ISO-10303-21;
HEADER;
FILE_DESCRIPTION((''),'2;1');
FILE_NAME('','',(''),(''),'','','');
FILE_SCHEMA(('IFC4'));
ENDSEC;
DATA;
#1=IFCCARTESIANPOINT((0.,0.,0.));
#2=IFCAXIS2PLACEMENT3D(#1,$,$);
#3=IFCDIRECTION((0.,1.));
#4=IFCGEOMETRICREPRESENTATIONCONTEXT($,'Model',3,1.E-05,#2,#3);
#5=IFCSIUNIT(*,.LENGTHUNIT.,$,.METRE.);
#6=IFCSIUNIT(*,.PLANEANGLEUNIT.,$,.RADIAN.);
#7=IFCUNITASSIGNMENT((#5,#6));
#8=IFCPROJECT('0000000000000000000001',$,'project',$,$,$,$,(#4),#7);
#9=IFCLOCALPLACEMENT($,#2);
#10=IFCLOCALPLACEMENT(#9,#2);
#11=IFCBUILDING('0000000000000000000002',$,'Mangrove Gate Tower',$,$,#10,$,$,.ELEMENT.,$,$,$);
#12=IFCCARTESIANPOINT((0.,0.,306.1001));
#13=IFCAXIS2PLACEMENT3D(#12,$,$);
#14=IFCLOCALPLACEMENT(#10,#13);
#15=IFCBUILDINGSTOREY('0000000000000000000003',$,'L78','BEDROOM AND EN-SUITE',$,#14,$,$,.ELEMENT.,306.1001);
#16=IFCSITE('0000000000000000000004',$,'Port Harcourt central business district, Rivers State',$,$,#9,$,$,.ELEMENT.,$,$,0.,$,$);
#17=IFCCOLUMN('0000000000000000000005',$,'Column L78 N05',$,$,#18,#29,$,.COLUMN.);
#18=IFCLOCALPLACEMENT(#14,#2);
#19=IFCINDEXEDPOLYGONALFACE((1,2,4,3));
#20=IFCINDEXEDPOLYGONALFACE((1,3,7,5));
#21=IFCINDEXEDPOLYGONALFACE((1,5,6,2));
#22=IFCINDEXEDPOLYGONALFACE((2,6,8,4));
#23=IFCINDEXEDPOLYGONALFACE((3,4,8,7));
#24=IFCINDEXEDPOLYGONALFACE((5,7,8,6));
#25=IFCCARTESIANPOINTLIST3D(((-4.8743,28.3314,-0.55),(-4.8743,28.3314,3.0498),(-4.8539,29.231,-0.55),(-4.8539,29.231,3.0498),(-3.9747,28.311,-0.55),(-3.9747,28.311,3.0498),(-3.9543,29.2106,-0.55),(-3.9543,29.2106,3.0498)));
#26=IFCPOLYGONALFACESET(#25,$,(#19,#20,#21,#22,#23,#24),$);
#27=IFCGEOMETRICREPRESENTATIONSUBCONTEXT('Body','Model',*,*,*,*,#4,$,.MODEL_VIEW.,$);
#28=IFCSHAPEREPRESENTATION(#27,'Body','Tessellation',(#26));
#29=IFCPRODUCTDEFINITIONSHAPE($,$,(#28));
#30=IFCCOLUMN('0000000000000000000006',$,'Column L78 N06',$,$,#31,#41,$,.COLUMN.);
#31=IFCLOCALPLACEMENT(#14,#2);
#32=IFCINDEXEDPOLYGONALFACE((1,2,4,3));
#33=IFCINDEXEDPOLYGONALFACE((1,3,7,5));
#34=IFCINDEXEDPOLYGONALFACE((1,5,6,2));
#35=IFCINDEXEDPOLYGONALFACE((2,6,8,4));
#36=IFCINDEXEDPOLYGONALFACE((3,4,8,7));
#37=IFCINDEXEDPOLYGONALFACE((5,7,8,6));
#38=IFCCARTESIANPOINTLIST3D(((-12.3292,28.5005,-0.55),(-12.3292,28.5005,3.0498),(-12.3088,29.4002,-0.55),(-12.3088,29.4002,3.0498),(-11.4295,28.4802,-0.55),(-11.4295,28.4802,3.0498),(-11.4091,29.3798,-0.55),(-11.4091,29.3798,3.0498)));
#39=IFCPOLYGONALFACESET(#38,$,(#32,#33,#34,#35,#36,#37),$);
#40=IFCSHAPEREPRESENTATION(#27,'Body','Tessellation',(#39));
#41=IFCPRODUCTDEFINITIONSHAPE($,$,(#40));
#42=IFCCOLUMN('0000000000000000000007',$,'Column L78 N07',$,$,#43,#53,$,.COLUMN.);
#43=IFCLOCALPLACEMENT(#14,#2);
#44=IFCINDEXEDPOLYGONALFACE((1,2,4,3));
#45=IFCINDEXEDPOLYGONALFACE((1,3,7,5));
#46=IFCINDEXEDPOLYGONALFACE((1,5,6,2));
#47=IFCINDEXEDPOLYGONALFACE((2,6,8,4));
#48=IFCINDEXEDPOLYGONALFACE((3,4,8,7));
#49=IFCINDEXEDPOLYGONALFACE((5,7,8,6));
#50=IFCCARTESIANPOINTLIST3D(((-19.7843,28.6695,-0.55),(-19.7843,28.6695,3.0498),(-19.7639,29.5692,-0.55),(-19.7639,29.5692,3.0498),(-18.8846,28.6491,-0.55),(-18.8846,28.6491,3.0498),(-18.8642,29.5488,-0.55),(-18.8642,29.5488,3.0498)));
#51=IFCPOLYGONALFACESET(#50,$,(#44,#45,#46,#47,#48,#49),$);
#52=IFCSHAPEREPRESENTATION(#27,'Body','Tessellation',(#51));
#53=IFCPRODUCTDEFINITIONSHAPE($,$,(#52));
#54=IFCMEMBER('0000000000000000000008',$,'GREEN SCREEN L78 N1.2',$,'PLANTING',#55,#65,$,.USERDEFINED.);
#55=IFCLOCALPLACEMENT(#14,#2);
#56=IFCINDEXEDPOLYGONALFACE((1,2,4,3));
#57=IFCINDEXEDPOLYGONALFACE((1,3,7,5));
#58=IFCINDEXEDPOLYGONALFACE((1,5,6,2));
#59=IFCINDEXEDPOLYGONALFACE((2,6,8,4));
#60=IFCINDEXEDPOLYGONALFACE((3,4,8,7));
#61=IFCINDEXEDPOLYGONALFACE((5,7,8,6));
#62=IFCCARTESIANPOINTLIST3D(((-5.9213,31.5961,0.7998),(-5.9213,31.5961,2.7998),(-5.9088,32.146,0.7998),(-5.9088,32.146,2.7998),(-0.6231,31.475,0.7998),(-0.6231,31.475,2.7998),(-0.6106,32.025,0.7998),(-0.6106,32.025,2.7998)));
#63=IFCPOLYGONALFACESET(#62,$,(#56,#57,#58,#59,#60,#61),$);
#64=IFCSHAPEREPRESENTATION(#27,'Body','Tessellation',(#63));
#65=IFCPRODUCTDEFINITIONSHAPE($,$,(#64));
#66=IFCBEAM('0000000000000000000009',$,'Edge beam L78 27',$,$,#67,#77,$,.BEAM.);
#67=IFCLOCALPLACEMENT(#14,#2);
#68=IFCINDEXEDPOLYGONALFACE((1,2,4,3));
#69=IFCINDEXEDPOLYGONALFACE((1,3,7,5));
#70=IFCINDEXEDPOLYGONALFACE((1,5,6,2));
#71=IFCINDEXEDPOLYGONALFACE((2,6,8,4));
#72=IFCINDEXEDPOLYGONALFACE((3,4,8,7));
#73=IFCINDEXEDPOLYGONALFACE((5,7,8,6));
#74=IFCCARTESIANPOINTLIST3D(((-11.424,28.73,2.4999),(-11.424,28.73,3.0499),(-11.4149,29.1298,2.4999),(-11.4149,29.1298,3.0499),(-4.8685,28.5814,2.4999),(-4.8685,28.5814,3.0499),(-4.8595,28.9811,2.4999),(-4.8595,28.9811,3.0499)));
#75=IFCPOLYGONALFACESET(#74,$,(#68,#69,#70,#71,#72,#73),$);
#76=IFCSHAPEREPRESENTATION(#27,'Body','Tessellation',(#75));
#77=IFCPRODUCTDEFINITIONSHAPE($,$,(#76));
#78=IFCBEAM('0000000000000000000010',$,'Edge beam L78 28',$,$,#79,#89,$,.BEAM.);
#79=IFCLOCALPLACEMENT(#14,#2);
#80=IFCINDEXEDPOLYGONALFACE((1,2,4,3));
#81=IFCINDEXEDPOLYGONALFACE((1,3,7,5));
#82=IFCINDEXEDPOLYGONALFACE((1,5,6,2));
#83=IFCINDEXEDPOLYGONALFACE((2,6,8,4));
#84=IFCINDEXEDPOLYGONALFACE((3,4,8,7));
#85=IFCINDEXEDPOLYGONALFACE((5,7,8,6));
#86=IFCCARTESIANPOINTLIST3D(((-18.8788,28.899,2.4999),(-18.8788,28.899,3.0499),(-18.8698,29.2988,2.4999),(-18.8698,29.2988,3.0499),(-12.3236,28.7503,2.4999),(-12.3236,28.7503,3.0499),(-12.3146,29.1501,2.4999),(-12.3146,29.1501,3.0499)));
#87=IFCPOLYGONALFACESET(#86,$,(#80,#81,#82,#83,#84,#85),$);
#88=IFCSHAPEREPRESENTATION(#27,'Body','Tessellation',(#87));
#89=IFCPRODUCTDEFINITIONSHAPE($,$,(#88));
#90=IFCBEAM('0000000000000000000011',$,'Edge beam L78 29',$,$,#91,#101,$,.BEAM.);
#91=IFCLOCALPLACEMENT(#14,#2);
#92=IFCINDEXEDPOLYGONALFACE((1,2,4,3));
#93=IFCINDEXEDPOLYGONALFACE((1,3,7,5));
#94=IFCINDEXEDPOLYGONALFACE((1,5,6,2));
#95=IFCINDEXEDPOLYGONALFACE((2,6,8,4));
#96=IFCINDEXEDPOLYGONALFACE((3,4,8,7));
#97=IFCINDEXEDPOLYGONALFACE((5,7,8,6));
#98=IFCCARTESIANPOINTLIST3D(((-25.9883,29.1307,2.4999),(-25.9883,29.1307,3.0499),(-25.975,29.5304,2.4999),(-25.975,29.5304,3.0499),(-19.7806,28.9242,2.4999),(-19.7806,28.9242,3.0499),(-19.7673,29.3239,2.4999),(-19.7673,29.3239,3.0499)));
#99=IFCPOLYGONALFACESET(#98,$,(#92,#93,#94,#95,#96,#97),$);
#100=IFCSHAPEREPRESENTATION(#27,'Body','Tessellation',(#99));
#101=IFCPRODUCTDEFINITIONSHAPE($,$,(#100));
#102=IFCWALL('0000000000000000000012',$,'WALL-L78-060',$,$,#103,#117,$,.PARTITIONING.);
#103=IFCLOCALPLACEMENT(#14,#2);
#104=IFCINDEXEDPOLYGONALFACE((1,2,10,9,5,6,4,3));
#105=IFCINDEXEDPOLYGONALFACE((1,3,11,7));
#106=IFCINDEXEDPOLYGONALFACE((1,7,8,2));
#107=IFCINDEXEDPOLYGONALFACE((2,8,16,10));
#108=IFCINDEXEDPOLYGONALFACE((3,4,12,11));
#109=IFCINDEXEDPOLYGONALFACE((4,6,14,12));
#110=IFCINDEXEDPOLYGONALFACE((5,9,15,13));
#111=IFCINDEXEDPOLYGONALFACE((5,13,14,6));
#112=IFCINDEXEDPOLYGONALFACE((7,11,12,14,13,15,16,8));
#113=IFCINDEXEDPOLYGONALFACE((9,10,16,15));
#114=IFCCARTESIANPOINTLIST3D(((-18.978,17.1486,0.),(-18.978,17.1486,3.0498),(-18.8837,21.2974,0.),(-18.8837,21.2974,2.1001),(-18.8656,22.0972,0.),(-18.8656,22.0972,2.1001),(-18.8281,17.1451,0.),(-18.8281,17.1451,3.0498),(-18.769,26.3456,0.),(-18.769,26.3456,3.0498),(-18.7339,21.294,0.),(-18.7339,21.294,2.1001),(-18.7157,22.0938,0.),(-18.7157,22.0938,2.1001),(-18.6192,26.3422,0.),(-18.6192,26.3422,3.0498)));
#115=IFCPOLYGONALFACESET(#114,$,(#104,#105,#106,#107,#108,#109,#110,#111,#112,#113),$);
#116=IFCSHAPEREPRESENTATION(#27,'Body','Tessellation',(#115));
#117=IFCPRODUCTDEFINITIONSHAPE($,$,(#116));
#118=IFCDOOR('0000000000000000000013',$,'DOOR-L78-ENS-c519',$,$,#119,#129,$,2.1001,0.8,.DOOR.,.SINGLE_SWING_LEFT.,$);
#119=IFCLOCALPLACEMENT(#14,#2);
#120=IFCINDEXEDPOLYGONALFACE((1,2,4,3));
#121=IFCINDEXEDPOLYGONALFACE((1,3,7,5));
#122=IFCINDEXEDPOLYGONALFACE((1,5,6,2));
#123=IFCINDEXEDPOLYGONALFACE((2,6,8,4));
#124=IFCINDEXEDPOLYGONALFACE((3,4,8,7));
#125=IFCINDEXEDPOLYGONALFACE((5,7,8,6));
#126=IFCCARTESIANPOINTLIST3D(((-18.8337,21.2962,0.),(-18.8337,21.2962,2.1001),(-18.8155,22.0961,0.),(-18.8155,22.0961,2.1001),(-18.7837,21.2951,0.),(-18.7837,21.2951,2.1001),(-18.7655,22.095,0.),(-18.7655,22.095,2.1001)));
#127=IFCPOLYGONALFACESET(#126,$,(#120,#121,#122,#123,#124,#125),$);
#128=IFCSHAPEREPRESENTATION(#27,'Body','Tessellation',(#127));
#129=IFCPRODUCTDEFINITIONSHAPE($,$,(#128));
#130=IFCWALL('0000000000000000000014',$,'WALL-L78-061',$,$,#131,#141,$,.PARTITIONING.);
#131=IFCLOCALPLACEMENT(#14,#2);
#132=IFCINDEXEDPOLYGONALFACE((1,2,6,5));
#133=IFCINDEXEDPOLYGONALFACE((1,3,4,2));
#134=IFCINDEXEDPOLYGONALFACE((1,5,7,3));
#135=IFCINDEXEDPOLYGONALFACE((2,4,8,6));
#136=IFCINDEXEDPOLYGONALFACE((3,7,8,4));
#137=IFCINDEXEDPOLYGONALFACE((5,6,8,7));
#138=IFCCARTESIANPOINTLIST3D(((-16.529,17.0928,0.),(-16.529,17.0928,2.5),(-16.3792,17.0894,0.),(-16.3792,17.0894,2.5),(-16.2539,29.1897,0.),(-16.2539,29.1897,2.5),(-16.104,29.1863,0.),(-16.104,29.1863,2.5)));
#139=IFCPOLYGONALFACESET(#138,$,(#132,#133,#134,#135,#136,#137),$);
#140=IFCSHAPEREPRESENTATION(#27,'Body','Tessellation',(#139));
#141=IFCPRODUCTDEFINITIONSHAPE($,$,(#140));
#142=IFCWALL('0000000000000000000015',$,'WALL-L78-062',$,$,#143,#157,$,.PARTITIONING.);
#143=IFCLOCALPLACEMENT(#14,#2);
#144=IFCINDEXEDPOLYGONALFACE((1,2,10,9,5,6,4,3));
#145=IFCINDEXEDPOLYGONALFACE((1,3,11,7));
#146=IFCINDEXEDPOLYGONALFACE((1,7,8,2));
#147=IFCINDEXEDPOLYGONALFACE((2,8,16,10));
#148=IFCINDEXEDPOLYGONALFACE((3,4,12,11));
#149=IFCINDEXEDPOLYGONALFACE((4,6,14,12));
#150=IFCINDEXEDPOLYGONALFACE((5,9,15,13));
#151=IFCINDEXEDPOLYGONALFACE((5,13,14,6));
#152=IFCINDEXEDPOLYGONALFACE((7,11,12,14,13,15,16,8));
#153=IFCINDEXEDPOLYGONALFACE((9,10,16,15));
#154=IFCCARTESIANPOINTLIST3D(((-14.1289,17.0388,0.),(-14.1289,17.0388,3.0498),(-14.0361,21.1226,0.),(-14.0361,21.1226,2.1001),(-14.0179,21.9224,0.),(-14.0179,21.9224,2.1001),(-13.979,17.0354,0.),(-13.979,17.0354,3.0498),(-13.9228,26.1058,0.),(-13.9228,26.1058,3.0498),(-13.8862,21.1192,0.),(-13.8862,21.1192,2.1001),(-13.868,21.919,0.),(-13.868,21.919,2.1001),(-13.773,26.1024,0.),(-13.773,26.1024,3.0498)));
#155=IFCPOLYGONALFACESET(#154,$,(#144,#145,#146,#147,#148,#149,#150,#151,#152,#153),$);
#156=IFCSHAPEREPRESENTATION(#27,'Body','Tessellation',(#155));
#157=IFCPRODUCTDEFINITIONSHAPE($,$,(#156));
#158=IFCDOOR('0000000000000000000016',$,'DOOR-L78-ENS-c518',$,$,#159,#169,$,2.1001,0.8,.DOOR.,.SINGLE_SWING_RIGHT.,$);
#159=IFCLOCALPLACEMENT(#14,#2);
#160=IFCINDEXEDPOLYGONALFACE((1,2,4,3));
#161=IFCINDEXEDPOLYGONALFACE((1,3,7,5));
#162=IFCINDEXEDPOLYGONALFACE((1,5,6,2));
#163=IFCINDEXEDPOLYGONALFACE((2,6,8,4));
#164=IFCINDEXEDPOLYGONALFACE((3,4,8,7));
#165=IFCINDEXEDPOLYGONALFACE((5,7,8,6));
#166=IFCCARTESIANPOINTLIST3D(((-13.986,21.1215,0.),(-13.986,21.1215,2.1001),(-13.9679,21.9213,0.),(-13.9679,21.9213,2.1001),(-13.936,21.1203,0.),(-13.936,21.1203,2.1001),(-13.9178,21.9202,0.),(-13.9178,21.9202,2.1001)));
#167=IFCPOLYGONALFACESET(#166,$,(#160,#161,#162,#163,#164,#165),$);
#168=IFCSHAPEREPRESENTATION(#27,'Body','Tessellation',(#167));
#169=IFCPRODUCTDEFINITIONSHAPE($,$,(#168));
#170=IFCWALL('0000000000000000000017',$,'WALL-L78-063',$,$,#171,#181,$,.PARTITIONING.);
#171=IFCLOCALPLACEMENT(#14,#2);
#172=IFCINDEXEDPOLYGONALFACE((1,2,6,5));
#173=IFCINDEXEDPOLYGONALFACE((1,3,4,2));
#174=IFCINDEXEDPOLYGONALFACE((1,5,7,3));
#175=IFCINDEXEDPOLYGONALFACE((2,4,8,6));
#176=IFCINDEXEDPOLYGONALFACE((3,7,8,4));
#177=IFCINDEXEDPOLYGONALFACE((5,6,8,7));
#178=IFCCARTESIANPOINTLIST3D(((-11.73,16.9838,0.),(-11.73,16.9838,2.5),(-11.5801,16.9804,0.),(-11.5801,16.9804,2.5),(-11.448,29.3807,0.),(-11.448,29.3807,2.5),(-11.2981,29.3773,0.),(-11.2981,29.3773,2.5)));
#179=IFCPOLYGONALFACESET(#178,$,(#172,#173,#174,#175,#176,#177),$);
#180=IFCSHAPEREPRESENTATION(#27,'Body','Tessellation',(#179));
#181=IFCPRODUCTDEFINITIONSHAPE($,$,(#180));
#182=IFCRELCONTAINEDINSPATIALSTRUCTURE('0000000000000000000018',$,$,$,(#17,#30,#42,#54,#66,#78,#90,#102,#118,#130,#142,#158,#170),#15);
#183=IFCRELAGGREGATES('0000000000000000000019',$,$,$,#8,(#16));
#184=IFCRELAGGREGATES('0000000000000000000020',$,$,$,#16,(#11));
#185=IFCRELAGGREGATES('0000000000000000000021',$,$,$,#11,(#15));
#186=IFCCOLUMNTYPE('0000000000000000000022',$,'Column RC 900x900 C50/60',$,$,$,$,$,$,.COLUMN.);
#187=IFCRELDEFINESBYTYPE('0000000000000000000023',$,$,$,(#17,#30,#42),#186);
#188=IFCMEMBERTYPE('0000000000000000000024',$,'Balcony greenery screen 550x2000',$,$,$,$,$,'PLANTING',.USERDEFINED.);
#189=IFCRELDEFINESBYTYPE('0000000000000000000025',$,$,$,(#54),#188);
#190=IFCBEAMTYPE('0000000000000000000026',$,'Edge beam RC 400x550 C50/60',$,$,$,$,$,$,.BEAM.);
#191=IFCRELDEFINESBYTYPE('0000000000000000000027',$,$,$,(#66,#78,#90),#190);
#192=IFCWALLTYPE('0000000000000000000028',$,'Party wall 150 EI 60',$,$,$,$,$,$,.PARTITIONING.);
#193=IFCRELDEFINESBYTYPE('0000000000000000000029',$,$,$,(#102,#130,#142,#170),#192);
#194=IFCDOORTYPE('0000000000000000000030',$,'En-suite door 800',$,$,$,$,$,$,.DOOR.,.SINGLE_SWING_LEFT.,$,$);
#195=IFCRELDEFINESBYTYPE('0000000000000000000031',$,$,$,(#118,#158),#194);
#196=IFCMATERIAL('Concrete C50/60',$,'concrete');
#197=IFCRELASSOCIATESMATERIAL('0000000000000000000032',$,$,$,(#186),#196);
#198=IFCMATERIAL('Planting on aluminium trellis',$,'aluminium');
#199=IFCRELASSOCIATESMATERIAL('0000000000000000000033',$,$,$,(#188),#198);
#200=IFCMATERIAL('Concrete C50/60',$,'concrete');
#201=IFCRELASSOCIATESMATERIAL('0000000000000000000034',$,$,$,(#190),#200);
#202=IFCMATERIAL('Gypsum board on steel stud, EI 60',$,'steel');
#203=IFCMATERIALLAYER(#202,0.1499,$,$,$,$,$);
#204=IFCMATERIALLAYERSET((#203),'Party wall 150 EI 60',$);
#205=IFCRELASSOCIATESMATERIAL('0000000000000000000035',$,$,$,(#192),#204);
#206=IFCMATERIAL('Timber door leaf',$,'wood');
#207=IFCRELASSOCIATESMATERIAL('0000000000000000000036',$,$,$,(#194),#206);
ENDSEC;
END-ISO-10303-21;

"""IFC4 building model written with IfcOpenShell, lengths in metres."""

from ifc_helpers import new_model, si_unit, direction, frame, frame_2d, origin, origin_2d, place, context, subcontext, project, spatial, rectangle, extrude, material, layer, layer_set, material_profile, profile_set, type_object, element, fill, save


model = new_model("IFC4")

# Units and contexts
model_context = context("Model", 3, precision=1e-05, world=origin(), true_north=direction((0.0, 1.0)))
body_context = subcontext(model_context, "Body", "Model", "MODEL_VIEW")
ifc_project = project(units=[si_unit("LENGTHUNIT", "METRE"), si_unit("PLANEANGLEUNIT", "RADIAN")], contexts=[model_context])

# Site, building, storey
site_placement = place(None, origin())
site = spatial("IfcSite", under=ifc_project, at=site_placement, Name="Port Harcourt central business district, Rivers State", CompositionType="ELEMENT", RefElevation=0.0)
building_placement = place(site_placement, origin())
building = spatial("IfcBuilding", under=site, at=building_placement, Name="Mangrove Gate Tower", CompositionType="ELEMENT")
storey_placement = place(building_placement, frame((0.0, 0.0, 306.1001)))
storey = spatial("IfcBuildingStorey", under=building, at=storey_placement, Name="L78", Description="BEDROOM AND EN-SUITE", CompositionType="ELEMENT", Elevation=306.1001)

# Columns
ifc_material_1 = material(Name="Concrete C50/60", Category="concrete")
ifc_material_profile_1 = material_profile(ifc_material_1, rectangle(XDim=0.8999, YDim=0.8999, at=origin_2d()))
ifc_profile_set_1 = profile_set([ifc_material_profile_1], Name="Concrete C50/60")
column_type = type_object("IfcColumnType", Name="Column RC 900x900 C50/60", PredefinedType="COLUMN", material=ifc_profile_set_1)
for number, where, z_axis, x_axis, name in (
    (1, (-4.4143, 28.771, -0.55), (0.0, 0.0, 1.0), (-0.999743, 0.022664, 0.0), "Column L78 N05"),
    (2, (-11.8691, 28.9402, -0.55), (0.0, 0.0, 1.0), (-0.999743, 0.022664, 0.0), "Column L78 N06"),
    (3, (-19.3242, 29.1091, -0.55), (0.0, 0.0, 1.0), (-0.999743, 0.022664, 0.0), "Column L78 N07"),
):
    element("IfcColumn", number, at=place(storey_placement, frame(where, z_axis=z_axis, x_axis=x_axis)), inside=storey, type_object=column_type, Name=name, PredefinedType="COLUMN", context=body_context, shape_type="SweptSolid", body=[
        extrude(rectangle(XDim=0.8999, YDim=0.8999, at=origin_2d()), origin(), (0.0, 0.0, 1.0), 3.5999),
    ])

# Member
ifc_material_2 = material(Name="Planting on aluminium trellis", Category="aluminium")
ifc_material_profile_2 = material_profile(ifc_material_2, rectangle(XDim=0.55, YDim=2.0, at=origin_2d()))
ifc_profile_set_2 = profile_set([ifc_material_profile_2], Name="Planting on aluminium trellis")
member_type = type_object("IfcMemberType", Name="Balcony greenery screen 550x2000", ElementType="PLANTING", PredefinedType="USERDEFINED", material=ifc_profile_set_2)
member_placement = place(storey_placement, frame((-5.915, 31.8711, 1.7998), z_axis=(0.999739, -0.02285, 0.0), x_axis=(0.02285, 0.999739, 0.0)))
element("IfcMember", 4, at=member_placement, inside=storey, type_object=member_type, Name="GREEN SCREEN L78 N1.2", ObjectType="PLANTING", PredefinedType="USERDEFINED", context=body_context, shape_type="SweptSolid", body=[
    extrude(rectangle(XDim=0.55, YDim=2.0, at=origin_2d()), origin(), (0.0, 0.0, 1.0), 5.2996),
])

# Beams
ifc_material_3 = material(Name="Concrete C50/60", Category="concrete")
ifc_material_profile_3 = material_profile(ifc_material_3, rectangle(XDim=0.3999, YDim=0.55, at=origin_2d()))
ifc_profile_set_3 = profile_set([ifc_material_profile_3], Name="Concrete C50/60")
beam_type = type_object("IfcBeamType", Name="Edge beam RC 400x550 C50/60", PredefinedType="BEAM", material=ifc_profile_set_3)
beam_1_placement = place(storey_placement, frame((-4.864, 28.7812, 2.7749), z_axis=(-0.999743, 0.022675, 0.0), x_axis=(-0.022675, -0.999743, 0.0)))
element("IfcBeam", 5, at=beam_1_placement, inside=storey, type_object=beam_type, Name="Edge beam L78 27", PredefinedType="BEAM", context=body_context, shape_type="SweptSolid", body=[
    extrude(rectangle(XDim=0.3999, YDim=0.55, at=origin_2d()), origin(), (0.0, 0.0, 1.0), 6.5571),
])
beam_2_placement = place(storey_placement, frame((-12.3191, 28.9502, 2.7749), z_axis=(-0.999743, 0.022676, 0.0), x_axis=(-0.022676, -0.999743, 0.0)))
element("IfcBeam", 6, at=beam_2_placement, inside=storey, type_object=beam_type, Name="Edge beam L78 28", PredefinedType="BEAM", context=body_context, shape_type="SweptSolid", body=[
    extrude(rectangle(XDim=0.3999, YDim=0.55, at=origin_2d()), origin(), (0.0, 0.0, 1.0), 6.5569),
])
beam_3_placement = place(storey_placement, frame((-19.7739, 29.124, 2.7749), z_axis=(-0.999447, 0.033253, 0.0), x_axis=(-0.033253, -0.999447, 0.0)))
element("IfcBeam", 7, at=beam_3_placement, inside=storey, type_object=beam_type, Name="Edge beam L78 29", PredefinedType="BEAM", context=body_context, shape_type="SweptSolid", body=[
    extrude(rectangle(XDim=0.3999, YDim=0.55, at=origin_2d()), origin(), (0.0, 0.0, 1.0), 6.2112),
])

# Wall, opening, door
ifc_material_4 = material(Name="Gypsum board on steel stud, EI 60", Category="steel")
ifc_layer_1 = layer(ifc_material_4, 0.1499)
ifc_layer_set_1 = layer_set([ifc_layer_1], Name="Party wall 150 EI 60")
wall_type_1 = type_object("IfcWallType", Name="Party wall 150 EI 60", PredefinedType="PARTITIONING", material=ifc_layer_set_1)
wall_1_placement = place(storey_placement, frame((-18.9031, 17.147, 0.0), z_axis=(0.0, 0.0, 1.0), x_axis=(0.022717, 0.999742, 0.0)))
wall_1 = element("IfcWall", 8, at=wall_1_placement, inside=storey, type_object=wall_type_1, Name="WALL-L78-060", PredefinedType="PARTITIONING", context=body_context, shape_type="SweptSolid", body=[
    extrude(rectangle(XDim=9.1995, YDim=0.1499, at=frame_2d((4.5996, 0.0))), origin(), (0.0, 0.0, 1.0), 3.0498),
])
opening_1_placement = place(wall_1_placement, frame((4.1499, 0.0, 0.0)))
opening_1 = element("IfcOpeningElement", 9, at=opening_1_placement, cuts=wall_1, PredefinedType="OPENING", context=body_context, shape_type="SweptSolid", body=[
    extrude(rectangle(XDim=0.8, YDim=2.1001, at=frame_2d((0.3999, 1.05))), frame((0.0, 0.085, 0.0), z_axis=(0.0, -1.0, 0.0), x_axis=(1.0, 0.0, 0.0)), (0.0, 0.0, 1.0), 0.1699),
])
ifc_material_5 = material(Name="Timber door leaf", Category="wood")
door_type = type_object("IfcDoorType", Name="En-suite door 800", OperationType="SINGLE_SWING_LEFT", PredefinedType="DOOR", material=ifc_material_5)
door_1_placement = place(opening_1_placement, origin())
door_1 = element("IfcDoor", 10, at=door_1_placement, inside=storey, type_object=door_type, Name="DOOR-L78-ENS-c519", OperationType="SINGLE_SWING_LEFT", OverallHeight=2.1001, OverallWidth=0.8, PredefinedType="DOOR", context=body_context, shape_type="SweptSolid", body=[
    extrude(rectangle(XDim=0.8, YDim=2.1001, at=frame_2d((0.3999, 1.05))), frame((0.0, 0.0249, 0.0), z_axis=(0.0, -1.0, 0.0), x_axis=(1.0, 0.0, 0.0)), (0.0, 0.0, 1.0), 0.05),
])
fill(opening_1, door_1)

# Wall
wall_2_placement = place(storey_placement, frame((-16.4541, 17.0911, 0.0), z_axis=(0.0, 0.0, 1.0), x_axis=(0.022739, 0.999741, 0.0)))
element("IfcWall", 11, at=wall_2_placement, inside=storey, type_object=wall_type_1, Name="WALL-L78-061", PredefinedType="PARTITIONING", context=body_context, shape_type="SweptSolid", body=[
    extrude(rectangle(XDim=12.1001, YDim=0.1499, at=frame_2d((6.05, 0.0))), origin(), (0.0, 0.0, 1.0), 2.5),
])

# Wall, opening, door
wall_3_placement = place(storey_placement, frame((-14.054, 17.0371, 0.0), z_axis=(0.0, 0.0, 1.0), x_axis=(0.02272, 0.999742, 0.0)))
wall_3 = element("IfcWall", 12, at=wall_3_placement, inside=storey, type_object=wall_type_1, Name="WALL-L78-062", PredefinedType="PARTITIONING", context=body_context, shape_type="SweptSolid", body=[
    extrude(rectangle(XDim=9.0693, YDim=0.1499, at=frame_2d((4.5347, 0.0))), origin(), (0.0, 0.0, 1.0), 3.0498),
])
opening_2_placement = place(wall_3_placement, frame((4.085, 0.0, 0.0)))
opening_2 = element("IfcOpeningElement", 13, at=opening_2_placement, cuts=wall_3, PredefinedType="OPENING", context=body_context, shape_type="SweptSolid", body=[
    extrude(rectangle(XDim=0.8, YDim=2.1001, at=frame_2d((0.3999, 1.05))), frame((0.0, 0.085, 0.0), z_axis=(0.0, -1.0, 0.0), x_axis=(1.0, 0.0, 0.0)), (0.0, 0.0, 1.0), 0.1699),
])
door_2_placement = place(opening_2_placement, origin())
door_2 = element("IfcDoor", 14, at=door_2_placement, inside=storey, type_object=door_type, Name="DOOR-L78-ENS-c518", OperationType="SINGLE_SWING_RIGHT", OverallHeight=2.1001, OverallWidth=0.8, PredefinedType="DOOR", context=body_context, shape_type="SweptSolid", body=[
    extrude(rectangle(XDim=0.8, YDim=2.1001, at=frame_2d((0.3999, 1.05))), frame((0.0, 0.0249, 0.0), z_axis=(0.0, -1.0, 0.0), x_axis=(1.0, 0.0, 0.0)), (0.0, 0.0, 1.0), 0.05),
])
fill(opening_2, door_2)

# Wall
wall_4_placement = place(storey_placement, frame((-11.655, 16.9819, 0.0), z_axis=(0.0, 0.0, 1.0), x_axis=(0.02274, 0.999741, 0.0)))
element("IfcWall", 15, at=wall_4_placement, inside=storey, type_object=wall_type_1, Name="WALL-L78-063", PredefinedType="PARTITIONING", context=body_context, shape_type="SweptSolid", body=[
    extrude(rectangle(XDim=12.4001, YDim=0.1499, at=frame_2d((6.2002, 0.0))), origin(), (0.0, 0.0, 1.0), 2.5),
])

save(model, "model.ifc")
